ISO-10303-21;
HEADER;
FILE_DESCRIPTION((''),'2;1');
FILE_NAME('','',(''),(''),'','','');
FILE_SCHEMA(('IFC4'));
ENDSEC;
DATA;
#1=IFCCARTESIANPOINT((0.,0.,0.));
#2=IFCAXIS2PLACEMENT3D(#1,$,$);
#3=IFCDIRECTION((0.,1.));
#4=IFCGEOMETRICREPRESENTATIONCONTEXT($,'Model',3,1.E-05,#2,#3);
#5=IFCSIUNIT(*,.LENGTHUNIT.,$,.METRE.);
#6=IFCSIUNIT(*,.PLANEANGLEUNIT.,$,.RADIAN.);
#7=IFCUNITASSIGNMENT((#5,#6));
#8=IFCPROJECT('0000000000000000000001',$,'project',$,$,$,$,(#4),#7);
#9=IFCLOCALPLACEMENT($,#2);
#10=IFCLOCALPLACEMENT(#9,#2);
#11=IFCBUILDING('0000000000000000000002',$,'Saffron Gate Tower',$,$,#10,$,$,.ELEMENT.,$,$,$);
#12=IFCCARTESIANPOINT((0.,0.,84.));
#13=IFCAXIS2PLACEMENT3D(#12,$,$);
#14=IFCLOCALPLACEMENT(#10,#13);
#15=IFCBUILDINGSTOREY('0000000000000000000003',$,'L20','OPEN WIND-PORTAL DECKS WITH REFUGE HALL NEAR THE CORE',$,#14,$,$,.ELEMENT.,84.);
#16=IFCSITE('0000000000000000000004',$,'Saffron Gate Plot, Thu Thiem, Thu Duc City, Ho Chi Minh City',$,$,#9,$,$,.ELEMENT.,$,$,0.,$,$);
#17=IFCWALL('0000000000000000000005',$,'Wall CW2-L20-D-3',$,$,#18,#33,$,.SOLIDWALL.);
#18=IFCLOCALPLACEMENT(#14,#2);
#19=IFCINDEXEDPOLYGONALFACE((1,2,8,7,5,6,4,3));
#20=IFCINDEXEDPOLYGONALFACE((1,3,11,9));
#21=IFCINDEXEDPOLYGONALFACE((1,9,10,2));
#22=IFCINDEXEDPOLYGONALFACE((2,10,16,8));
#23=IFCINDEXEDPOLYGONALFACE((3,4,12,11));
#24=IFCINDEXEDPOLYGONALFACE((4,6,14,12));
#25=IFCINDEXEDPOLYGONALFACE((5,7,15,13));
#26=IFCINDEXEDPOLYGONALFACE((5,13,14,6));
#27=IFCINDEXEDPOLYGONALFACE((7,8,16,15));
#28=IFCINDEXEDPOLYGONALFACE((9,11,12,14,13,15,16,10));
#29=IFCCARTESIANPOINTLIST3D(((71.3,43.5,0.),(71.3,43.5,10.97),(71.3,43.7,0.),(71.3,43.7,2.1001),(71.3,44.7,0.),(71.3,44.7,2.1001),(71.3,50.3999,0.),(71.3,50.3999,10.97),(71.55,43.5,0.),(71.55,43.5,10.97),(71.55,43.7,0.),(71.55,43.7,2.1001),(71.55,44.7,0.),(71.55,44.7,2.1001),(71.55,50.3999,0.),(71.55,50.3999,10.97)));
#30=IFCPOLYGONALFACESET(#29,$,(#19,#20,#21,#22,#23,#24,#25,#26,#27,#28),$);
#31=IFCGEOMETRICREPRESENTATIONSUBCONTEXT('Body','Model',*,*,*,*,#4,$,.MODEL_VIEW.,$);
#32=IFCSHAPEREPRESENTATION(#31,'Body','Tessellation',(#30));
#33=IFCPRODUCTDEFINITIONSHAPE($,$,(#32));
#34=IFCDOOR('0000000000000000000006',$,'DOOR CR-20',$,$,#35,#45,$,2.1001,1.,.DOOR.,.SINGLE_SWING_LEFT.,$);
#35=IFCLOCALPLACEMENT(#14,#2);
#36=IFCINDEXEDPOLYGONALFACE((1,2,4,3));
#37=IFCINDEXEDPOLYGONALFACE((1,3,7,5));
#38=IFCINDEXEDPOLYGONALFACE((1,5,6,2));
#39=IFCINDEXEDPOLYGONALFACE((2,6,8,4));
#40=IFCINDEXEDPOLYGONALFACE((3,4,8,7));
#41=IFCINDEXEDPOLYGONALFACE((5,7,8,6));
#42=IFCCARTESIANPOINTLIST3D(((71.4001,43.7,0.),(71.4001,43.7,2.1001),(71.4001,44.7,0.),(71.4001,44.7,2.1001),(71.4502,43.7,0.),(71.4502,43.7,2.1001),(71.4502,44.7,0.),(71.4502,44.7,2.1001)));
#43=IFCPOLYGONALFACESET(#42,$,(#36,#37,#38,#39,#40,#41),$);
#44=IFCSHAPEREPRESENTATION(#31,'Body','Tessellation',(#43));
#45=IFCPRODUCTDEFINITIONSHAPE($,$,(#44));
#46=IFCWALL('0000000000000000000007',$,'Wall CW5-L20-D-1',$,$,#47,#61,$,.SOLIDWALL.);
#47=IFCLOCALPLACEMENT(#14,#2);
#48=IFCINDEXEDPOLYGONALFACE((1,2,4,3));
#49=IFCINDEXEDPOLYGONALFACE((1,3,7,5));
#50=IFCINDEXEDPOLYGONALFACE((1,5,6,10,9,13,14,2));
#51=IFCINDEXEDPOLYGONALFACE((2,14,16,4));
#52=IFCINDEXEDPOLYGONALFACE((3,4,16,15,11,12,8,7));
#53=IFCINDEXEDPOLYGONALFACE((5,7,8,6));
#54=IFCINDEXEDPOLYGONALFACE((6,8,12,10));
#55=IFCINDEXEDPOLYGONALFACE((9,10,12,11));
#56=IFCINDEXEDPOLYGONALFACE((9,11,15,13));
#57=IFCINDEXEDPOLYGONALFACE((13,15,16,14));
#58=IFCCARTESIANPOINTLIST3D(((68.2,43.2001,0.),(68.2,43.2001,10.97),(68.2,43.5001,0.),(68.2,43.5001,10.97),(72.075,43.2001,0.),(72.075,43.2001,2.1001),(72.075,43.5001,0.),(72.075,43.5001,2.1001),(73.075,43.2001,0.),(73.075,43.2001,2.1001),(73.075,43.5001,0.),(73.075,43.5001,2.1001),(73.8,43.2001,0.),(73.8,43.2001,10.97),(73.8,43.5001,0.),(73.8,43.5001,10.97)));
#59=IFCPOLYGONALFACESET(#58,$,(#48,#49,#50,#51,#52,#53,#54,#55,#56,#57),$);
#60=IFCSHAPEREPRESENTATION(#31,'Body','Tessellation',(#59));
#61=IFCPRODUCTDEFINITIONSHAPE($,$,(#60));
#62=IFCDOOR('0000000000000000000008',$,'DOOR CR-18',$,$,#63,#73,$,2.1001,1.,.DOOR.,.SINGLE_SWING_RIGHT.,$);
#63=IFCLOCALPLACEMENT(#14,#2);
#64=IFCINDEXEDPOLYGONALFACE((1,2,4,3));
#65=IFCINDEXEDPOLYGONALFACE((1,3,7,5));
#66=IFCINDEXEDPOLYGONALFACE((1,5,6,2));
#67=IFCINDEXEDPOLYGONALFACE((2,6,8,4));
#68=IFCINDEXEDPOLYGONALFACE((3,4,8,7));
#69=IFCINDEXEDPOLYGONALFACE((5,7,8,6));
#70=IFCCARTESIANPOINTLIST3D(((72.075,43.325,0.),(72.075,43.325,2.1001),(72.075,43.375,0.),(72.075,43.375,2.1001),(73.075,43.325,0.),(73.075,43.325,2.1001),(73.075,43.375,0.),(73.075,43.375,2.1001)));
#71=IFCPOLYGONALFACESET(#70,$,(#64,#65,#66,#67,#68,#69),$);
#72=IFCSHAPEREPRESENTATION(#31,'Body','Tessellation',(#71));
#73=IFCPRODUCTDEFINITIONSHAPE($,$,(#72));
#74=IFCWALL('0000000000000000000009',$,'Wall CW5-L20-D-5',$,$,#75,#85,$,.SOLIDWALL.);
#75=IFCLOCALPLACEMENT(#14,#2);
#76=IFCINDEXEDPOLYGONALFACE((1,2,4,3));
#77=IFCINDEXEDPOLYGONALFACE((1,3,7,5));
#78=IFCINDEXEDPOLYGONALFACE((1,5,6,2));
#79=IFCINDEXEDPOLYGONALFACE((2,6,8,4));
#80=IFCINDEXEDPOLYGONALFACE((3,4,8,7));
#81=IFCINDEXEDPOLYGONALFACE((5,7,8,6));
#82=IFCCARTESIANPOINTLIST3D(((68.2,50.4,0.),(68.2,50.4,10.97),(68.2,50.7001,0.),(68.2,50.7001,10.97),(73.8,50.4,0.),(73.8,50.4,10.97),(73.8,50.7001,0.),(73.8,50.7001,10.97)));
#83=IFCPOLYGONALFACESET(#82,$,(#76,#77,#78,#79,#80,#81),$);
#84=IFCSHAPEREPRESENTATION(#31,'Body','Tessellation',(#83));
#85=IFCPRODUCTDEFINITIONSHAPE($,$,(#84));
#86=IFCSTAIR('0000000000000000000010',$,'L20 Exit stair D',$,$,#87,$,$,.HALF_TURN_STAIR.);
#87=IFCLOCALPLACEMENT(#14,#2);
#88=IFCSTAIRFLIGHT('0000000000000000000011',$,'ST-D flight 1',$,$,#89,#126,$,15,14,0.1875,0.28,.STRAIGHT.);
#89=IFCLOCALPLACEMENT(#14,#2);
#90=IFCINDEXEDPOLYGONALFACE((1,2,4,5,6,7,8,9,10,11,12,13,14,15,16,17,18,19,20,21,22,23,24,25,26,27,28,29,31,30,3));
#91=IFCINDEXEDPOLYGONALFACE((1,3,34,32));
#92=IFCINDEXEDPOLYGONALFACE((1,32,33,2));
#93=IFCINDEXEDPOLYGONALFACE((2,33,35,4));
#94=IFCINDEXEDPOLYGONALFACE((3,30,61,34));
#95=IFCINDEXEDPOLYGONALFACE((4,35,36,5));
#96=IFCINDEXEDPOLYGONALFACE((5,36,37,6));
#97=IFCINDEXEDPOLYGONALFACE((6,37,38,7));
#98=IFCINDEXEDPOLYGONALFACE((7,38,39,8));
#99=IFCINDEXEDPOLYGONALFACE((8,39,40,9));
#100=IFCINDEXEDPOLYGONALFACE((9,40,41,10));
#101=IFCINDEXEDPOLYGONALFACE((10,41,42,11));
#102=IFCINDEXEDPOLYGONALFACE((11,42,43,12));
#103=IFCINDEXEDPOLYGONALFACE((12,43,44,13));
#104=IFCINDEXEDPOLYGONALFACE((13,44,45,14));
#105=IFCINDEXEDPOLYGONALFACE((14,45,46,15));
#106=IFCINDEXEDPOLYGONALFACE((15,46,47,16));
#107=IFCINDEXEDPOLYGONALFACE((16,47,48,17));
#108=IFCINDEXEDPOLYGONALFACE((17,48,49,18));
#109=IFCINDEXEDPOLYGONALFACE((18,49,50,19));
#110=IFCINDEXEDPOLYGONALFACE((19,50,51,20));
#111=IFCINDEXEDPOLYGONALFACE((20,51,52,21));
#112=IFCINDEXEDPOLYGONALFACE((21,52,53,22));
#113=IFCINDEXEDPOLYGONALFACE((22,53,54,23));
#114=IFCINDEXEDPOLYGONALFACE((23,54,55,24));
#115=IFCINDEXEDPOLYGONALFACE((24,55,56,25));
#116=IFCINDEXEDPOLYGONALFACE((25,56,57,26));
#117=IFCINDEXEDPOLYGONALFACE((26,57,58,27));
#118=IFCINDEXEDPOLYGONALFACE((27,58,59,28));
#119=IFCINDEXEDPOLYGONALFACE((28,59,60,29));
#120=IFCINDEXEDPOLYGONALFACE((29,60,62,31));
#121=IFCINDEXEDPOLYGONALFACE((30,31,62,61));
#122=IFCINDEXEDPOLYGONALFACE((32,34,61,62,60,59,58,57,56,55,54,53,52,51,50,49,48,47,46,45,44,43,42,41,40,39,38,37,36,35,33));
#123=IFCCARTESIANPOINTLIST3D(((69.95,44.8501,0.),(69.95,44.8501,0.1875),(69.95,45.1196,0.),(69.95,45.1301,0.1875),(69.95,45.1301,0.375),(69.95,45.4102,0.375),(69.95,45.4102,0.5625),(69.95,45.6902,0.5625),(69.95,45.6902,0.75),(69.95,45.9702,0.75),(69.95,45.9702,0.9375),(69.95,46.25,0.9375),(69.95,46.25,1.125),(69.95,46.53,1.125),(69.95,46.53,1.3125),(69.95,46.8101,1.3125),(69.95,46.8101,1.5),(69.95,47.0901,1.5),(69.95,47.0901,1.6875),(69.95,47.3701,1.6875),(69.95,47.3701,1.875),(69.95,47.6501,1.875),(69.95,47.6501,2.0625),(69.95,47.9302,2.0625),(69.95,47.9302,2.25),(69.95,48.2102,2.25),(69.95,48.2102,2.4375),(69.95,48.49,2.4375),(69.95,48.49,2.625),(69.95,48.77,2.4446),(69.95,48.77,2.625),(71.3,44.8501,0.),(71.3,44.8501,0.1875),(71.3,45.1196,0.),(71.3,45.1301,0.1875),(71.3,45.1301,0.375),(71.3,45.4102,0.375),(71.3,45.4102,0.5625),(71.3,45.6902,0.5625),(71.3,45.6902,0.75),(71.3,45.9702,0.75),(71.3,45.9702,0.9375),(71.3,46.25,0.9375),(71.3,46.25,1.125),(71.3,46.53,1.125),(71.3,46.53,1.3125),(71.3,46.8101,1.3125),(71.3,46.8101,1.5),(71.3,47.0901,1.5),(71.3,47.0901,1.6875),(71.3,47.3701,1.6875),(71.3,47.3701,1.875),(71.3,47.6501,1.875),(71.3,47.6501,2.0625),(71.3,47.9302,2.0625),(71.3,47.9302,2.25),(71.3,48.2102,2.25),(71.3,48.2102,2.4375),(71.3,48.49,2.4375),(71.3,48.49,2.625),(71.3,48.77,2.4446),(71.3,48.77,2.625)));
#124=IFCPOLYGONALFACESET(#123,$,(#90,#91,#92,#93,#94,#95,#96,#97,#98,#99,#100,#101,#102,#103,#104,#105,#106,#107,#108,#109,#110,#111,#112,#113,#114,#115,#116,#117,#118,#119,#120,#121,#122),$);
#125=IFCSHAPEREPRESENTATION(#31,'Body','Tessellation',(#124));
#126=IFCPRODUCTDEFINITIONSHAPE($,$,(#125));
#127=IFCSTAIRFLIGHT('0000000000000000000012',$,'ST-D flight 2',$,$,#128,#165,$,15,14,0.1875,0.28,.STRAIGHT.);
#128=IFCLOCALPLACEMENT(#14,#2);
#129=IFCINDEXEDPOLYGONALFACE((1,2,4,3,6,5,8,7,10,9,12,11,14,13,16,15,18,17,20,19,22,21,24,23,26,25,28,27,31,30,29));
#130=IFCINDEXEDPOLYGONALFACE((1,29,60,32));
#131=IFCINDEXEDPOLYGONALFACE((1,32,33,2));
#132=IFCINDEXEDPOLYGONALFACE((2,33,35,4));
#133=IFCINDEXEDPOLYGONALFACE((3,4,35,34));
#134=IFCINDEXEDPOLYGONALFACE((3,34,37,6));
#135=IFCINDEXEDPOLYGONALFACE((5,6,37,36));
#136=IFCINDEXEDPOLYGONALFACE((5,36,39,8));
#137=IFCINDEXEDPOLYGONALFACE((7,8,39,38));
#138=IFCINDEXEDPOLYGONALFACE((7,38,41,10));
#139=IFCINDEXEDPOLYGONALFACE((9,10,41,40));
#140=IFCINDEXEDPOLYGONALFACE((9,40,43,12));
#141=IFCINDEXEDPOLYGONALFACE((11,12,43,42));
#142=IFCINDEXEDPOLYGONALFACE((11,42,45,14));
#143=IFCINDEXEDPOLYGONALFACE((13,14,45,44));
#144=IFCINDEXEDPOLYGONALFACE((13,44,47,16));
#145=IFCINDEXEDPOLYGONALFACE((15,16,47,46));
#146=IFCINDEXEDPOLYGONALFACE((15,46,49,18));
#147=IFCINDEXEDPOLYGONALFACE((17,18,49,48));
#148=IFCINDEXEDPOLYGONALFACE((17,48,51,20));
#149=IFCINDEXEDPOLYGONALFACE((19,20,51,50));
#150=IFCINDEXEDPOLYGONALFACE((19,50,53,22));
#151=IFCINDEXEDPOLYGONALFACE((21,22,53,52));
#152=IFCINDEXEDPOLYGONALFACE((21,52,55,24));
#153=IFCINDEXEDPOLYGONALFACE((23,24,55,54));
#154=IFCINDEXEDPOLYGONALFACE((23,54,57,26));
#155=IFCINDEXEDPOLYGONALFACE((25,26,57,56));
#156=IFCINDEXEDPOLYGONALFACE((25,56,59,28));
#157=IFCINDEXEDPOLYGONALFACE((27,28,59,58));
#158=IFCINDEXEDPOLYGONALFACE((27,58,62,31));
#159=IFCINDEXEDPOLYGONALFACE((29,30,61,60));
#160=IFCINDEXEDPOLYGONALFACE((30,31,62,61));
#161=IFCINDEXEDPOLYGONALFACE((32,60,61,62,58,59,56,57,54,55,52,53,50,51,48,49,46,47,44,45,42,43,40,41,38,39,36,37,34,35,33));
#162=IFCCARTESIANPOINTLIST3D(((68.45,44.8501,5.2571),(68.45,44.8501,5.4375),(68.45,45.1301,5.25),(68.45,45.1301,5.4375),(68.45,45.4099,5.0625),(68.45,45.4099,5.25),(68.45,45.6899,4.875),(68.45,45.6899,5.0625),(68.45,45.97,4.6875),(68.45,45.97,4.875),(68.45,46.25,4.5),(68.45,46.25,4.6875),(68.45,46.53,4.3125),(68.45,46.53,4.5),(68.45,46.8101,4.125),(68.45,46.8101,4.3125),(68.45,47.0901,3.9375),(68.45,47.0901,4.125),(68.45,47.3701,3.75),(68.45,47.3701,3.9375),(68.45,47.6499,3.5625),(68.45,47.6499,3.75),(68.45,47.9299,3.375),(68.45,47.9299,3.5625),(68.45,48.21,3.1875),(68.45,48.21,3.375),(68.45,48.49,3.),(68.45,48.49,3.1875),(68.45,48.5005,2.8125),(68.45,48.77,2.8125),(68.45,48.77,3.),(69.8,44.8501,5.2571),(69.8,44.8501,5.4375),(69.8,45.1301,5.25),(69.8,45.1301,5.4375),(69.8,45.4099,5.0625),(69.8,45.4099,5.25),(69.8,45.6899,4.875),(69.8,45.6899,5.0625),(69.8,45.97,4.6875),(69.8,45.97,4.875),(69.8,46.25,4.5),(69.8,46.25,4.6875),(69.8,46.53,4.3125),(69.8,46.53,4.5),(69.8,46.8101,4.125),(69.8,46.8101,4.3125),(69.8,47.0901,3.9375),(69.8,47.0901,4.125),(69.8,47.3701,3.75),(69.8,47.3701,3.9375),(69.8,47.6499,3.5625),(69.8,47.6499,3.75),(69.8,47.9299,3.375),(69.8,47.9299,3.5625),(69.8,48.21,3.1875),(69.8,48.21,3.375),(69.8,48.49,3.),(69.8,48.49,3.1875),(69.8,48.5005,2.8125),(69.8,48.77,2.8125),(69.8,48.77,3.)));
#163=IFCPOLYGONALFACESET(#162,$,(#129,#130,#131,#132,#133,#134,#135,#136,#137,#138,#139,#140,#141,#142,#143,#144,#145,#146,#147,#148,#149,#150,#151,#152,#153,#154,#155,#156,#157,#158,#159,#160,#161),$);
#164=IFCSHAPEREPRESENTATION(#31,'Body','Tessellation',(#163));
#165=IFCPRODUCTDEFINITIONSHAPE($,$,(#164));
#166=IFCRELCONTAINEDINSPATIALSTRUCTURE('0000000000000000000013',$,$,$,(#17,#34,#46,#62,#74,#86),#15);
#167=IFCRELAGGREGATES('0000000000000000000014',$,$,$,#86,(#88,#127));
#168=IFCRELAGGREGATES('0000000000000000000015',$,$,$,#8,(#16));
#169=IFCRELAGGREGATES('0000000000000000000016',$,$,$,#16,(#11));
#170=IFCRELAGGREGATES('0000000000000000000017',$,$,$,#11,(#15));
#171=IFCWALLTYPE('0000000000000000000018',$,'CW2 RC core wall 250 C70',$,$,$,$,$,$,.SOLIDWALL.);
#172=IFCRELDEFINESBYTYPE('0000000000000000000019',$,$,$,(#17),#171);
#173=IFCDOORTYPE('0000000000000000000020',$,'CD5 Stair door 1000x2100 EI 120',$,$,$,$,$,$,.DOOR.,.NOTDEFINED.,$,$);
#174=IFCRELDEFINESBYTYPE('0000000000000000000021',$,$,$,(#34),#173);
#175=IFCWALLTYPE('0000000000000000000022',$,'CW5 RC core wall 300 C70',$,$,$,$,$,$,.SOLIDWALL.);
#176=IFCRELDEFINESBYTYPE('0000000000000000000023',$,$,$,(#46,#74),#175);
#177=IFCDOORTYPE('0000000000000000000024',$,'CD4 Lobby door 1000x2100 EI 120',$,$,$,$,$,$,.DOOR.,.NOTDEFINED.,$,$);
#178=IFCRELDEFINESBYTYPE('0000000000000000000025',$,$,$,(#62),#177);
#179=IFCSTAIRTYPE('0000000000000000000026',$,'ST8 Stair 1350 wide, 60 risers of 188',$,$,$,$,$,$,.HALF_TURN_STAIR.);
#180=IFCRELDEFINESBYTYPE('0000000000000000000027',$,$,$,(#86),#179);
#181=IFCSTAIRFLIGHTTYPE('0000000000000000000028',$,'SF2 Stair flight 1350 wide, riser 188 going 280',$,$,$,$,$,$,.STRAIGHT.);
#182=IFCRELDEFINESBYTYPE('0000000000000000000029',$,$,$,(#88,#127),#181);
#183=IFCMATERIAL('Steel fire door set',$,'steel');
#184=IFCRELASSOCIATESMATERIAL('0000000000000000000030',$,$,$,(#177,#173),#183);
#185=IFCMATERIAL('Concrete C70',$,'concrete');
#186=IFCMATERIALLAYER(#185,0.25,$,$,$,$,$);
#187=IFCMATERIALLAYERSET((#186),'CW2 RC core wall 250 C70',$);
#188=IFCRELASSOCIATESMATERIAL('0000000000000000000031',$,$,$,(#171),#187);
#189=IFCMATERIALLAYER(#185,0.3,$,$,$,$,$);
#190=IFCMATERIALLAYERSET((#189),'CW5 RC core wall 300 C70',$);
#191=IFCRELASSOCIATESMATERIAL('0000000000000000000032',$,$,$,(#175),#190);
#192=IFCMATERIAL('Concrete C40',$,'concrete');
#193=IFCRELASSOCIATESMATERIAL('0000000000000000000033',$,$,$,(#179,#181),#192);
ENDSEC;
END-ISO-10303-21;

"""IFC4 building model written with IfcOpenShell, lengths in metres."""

from ifc_helpers import new_model, si_unit, direction, frame, frame_2d, origin, place, context, subcontext, project, spatial, polyline, rectangle, outline, extrude, material, layer, layer_set, type_object, element, fill, aggregate, save


model = new_model("IFC4")

# Units and contexts
model_context = context("Model", 3, precision=1e-05, world=origin(), true_north=direction((0.0, 1.0)))
body_context = subcontext(model_context, "Body", "Model", "MODEL_VIEW")
ifc_project = project(units=[si_unit("LENGTHUNIT", "METRE"), si_unit("PLANEANGLEUNIT", "RADIAN")], contexts=[model_context])

# Site, building, storey
site_placement = place(None, origin())
site = spatial("IfcSite", under=ifc_project, at=site_placement, Name="Saffron Gate Plot, Thu Thiem, Thu Duc City, Ho Chi Minh City", CompositionType="ELEMENT", RefElevation=0.0)
building_placement = place(site_placement, origin())
building = spatial("IfcBuilding", under=site, at=building_placement, Name="Saffron Gate Tower", CompositionType="ELEMENT")
storey_placement = place(building_placement, frame((0.0, 0.0, 84.0)))
storey = spatial("IfcBuildingStorey", under=building, at=storey_placement, Name="L20", Description="OPEN WIND-PORTAL DECKS WITH REFUGE HALL NEAR THE CORE", CompositionType="ELEMENT", Elevation=84.0)

# Shared definitions
ifc_material_1 = material(Name="Steel fire door set", Category="steel")
door_type_1 = type_object("IfcDoorType", Name="CD4 Lobby door 1000x2100 EI 120", OperationType="NOTDEFINED", PredefinedType="DOOR", material=ifc_material_1)

# Shared definitions
ifc_material_2 = material(Name="Concrete C70", Category="concrete")
ifc_layer_1 = layer(ifc_material_2, 0.25)
ifc_layer_set_1 = layer_set([ifc_layer_1], Name="CW2 RC core wall 250 C70")
wall_type_1 = type_object("IfcWallType", Name="CW2 RC core wall 250 C70", PredefinedType="SOLIDWALL", material=ifc_layer_set_1)

# Walls, openings, doors
wall_1_placement = place(storey_placement, frame((71.425, 43.5, 0.0), z_axis=(0.0, 0.0, 1.0), x_axis=(0.0, 1.0, 0.0)))
wall_1 = element("IfcWall", 1, at=wall_1_placement, inside=storey, type_object=wall_type_1, Name="Wall CW2-L20-D-3", PredefinedType="SOLIDWALL", context=body_context, shape_type="SweptSolid", body=[
    extrude(rectangle(XDim=6.8999, YDim=0.25, at=frame_2d((3.45, 0.0))), origin(), (0.0, 0.0, 1.0), 10.97),
])
opening_1_placement = place(wall_1_placement, frame((0.2, 0.0, 0.0)))
opening_1 = element("IfcOpeningElement", 2, at=opening_1_placement, cuts=wall_1, PredefinedType="OPENING", context=body_context, shape_type="SweptSolid", body=[
    extrude(rectangle(XDim=1.0, YDim=2.1001, at=frame_2d((0.5, 1.05))), frame((0.0, 0.135, 0.0), z_axis=(0.0, -1.0, 0.0), x_axis=(1.0, 0.0, 0.0)), (0.0, 0.0, 1.0), 0.27),
])
door_type_2 = type_object("IfcDoorType", Name="CD5 Stair door 1000x2100 EI 120", OperationType="NOTDEFINED", PredefinedType="DOOR", material=ifc_material_1)
door_1_placement = place(opening_1_placement, origin())
door_1 = element("IfcDoor", 3, at=door_1_placement, inside=storey, type_object=door_type_2, Name="DOOR CR-20", OperationType="SINGLE_SWING_LEFT", OverallHeight=2.1001, OverallWidth=1.0, PredefinedType="DOOR", context=body_context, shape_type="SweptSolid", body=[
    extrude(rectangle(XDim=1.0, YDim=2.1001, at=frame_2d((0.5, 1.05))), frame((0.0, 0.0249, 0.0), z_axis=(0.0, -1.0, 0.0), x_axis=(1.0, 0.0, 0.0)), (0.0, 0.0, 1.0), 0.05),
])
fill(opening_1, door_1)
ifc_layer_2 = layer(ifc_material_2, 0.3)
ifc_layer_set_2 = layer_set([ifc_layer_2], Name="CW5 RC core wall 300 C70")
wall_type_2 = type_object("IfcWallType", Name="CW5 RC core wall 300 C70", PredefinedType="SOLIDWALL", material=ifc_layer_set_2)
wall_2_placement = place(storey_placement, frame((68.2, 43.3501, 0.0), z_axis=(0.0, 0.0, 1.0), x_axis=(1.0, 0.0, 0.0)))
wall_2 = element("IfcWall", 4, at=wall_2_placement, inside=storey, type_object=wall_type_2, Name="Wall CW5-L20-D-1", PredefinedType="SOLIDWALL", context=body_context, shape_type="SweptSolid", body=[
    extrude(rectangle(XDim=5.6001, YDim=0.3, at=frame_2d((2.8, 0.0))), origin(), (0.0, 0.0, 1.0), 10.97),
])
opening_2_placement = place(wall_2_placement, frame((3.875, 0.0, 0.0)))
opening_2 = element("IfcOpeningElement", 5, at=opening_2_placement, cuts=wall_2, PredefinedType="OPENING", context=body_context, shape_type="SweptSolid", body=[
    extrude(rectangle(XDim=1.0, YDim=2.1001, at=frame_2d((0.5, 1.05))), frame((0.0, 0.1602, 0.0), z_axis=(0.0, -1.0, 0.0), x_axis=(1.0, 0.0, 0.0)), (0.0, 0.0, 1.0), 0.3201),
])
door_2_placement = place(opening_2_placement, origin())
door_2 = element("IfcDoor", 6, at=door_2_placement, inside=storey, type_object=door_type_1, Name="DOOR CR-18", OperationType="SINGLE_SWING_RIGHT", OverallHeight=2.1001, OverallWidth=1.0, PredefinedType="DOOR", context=body_context, shape_type="SweptSolid", body=[
    extrude(rectangle(XDim=1.0, YDim=2.1001, at=frame_2d((0.5, 1.05))), frame((0.0, 0.0249, 0.0), z_axis=(0.0, -1.0, 0.0), x_axis=(1.0, 0.0, 0.0)), (0.0, 0.0, 1.0), 0.05),
])
fill(opening_2, door_2)

# Wall
wall_3_placement = place(storey_placement, frame((68.2, 50.55, 0.0), z_axis=(0.0, 0.0, 1.0), x_axis=(1.0, 0.0, 0.0)))
element("IfcWall", 7, at=wall_3_placement, inside=storey, type_object=wall_type_2, Name="Wall CW5-L20-D-5", PredefinedType="SOLIDWALL", context=body_context, shape_type="SweptSolid", body=[
    extrude(rectangle(XDim=5.6001, YDim=0.3, at=frame_2d((2.8, 0.0))), origin(), (0.0, 0.0, 1.0), 10.97),
])

# Stair, stair flights
ifc_material_3 = material(Name="Concrete C40", Category="concrete")
stair_type = type_object("IfcStairType", Name="ST8 Stair 1350 wide, 60 risers of 188", PredefinedType="HALF_TURN_STAIR", material=ifc_material_3)
stair_placement = place(storey_placement, origin())
stair = element("IfcStair", 8, at=stair_placement, inside=storey, type_object=stair_type, Name="L20 Exit stair D", PredefinedType="HALF_TURN_STAIR")
stair_flight_type = type_object("IfcStairFlightType", Name="SF2 Stair flight 1350 wide, riser 188 going 280", PredefinedType="STRAIGHT", material=ifc_material_3)
stair_flight_1_placement = place(storey_placement, frame((70.625, 44.8501, 0.0), z_axis=(0.0, 0.0, 1.0), x_axis=(0.0, 1.0, 0.0)))
stair_flight_1 = element("IfcStairFlight", 9, at=stair_flight_1_placement, type_object=stair_flight_type, Name="ST-D flight 1", NumberOfRisers=15, NumberOfTreads=14, PredefinedType="STRAIGHT", RiserHeight=0.1875, TreadLength=0.28, context=body_context, shape_type="SweptSolid", body=[
    extrude(outline(polyline([(0.0, 0.0), (0.0, 0.1875), (0.28, 0.1875), (0.28, 0.375), (0.5601, 0.375), (0.5601, 0.5625), (0.8401, 0.5625), (0.8401, 0.75), (1.1201, 0.75), (1.1201, 0.9375), (1.3999, 0.9375), (1.3999, 1.125), (1.6799, 1.125), (1.6799, 1.3125), (1.96, 1.3125), (1.96, 1.5), (2.24, 1.5), (2.24, 1.6875), (2.52, 1.6875), (2.52, 1.875), (2.8, 1.875), (2.8, 2.0625), (3.0801, 2.0625), (3.0801, 2.25), (3.3601, 2.25), (3.3601, 2.4375), (3.6399, 2.4375), (3.6399, 2.625), (3.9199, 2.625), (3.9199, 2.8125), (3.9199, 2.4446), (0.2695, 0.0), (0.0, 0.0)])), frame((0.0, 0.675, 0.0), z_axis=(0.0, -1.0, 0.0), x_axis=(1.0, 0.0, 0.0)), (0.0, 0.0, 1.0), 1.3501),
])
stair_flight_2_placement = place(storey_placement, frame((69.125, 48.77, 2.8125), z_axis=(0.0, 0.0, 1.0), x_axis=(0.0, -1.0, 0.0)))
stair_flight_2 = element("IfcStairFlight", 10, at=stair_flight_2_placement, type_object=stair_flight_type, Name="ST-D flight 2", NumberOfRisers=15, NumberOfTreads=14, PredefinedType="STRAIGHT", RiserHeight=0.1875, TreadLength=0.28, context=body_context, shape_type="SweptSolid", body=[
    extrude(outline(polyline([(0.0, 0.0), (0.0, 0.1875), (0.28, 0.1875), (0.28, 0.375), (0.5601, 0.375), (0.5601, 0.5625), (0.8401, 0.5625), (0.8401, 0.75), (1.1201, 0.75), (1.1201, 0.9375), (1.3999, 0.9375), (1.3999, 1.125), (1.6799, 1.125), (1.6799, 1.3125), (1.96, 1.3125), (1.96, 1.5), (2.24, 1.5), (2.24, 1.6875), (2.52, 1.6875), (2.52, 1.875), (2.8, 1.875), (2.8, 2.0625), (3.0801, 2.0625), (3.0801, 2.25), (3.3601, 2.25), (3.3601, 2.4375), (3.6399, 2.4375), (3.6399, 2.625), (3.9199, 2.625), (3.9199, 2.8125), (3.9199, 2.4446), (0.2695, 0.0), (0.0, 0.0)])), frame((0.0, 0.675, 0.0), z_axis=(0.0, -1.0, 0.0), x_axis=(1.0, 0.0, 0.0)), (0.0, 0.0, 1.0), 1.3501),
])
aggregate(stair, [stair_flight_1, stair_flight_2])

save(model, "model.ifc")
